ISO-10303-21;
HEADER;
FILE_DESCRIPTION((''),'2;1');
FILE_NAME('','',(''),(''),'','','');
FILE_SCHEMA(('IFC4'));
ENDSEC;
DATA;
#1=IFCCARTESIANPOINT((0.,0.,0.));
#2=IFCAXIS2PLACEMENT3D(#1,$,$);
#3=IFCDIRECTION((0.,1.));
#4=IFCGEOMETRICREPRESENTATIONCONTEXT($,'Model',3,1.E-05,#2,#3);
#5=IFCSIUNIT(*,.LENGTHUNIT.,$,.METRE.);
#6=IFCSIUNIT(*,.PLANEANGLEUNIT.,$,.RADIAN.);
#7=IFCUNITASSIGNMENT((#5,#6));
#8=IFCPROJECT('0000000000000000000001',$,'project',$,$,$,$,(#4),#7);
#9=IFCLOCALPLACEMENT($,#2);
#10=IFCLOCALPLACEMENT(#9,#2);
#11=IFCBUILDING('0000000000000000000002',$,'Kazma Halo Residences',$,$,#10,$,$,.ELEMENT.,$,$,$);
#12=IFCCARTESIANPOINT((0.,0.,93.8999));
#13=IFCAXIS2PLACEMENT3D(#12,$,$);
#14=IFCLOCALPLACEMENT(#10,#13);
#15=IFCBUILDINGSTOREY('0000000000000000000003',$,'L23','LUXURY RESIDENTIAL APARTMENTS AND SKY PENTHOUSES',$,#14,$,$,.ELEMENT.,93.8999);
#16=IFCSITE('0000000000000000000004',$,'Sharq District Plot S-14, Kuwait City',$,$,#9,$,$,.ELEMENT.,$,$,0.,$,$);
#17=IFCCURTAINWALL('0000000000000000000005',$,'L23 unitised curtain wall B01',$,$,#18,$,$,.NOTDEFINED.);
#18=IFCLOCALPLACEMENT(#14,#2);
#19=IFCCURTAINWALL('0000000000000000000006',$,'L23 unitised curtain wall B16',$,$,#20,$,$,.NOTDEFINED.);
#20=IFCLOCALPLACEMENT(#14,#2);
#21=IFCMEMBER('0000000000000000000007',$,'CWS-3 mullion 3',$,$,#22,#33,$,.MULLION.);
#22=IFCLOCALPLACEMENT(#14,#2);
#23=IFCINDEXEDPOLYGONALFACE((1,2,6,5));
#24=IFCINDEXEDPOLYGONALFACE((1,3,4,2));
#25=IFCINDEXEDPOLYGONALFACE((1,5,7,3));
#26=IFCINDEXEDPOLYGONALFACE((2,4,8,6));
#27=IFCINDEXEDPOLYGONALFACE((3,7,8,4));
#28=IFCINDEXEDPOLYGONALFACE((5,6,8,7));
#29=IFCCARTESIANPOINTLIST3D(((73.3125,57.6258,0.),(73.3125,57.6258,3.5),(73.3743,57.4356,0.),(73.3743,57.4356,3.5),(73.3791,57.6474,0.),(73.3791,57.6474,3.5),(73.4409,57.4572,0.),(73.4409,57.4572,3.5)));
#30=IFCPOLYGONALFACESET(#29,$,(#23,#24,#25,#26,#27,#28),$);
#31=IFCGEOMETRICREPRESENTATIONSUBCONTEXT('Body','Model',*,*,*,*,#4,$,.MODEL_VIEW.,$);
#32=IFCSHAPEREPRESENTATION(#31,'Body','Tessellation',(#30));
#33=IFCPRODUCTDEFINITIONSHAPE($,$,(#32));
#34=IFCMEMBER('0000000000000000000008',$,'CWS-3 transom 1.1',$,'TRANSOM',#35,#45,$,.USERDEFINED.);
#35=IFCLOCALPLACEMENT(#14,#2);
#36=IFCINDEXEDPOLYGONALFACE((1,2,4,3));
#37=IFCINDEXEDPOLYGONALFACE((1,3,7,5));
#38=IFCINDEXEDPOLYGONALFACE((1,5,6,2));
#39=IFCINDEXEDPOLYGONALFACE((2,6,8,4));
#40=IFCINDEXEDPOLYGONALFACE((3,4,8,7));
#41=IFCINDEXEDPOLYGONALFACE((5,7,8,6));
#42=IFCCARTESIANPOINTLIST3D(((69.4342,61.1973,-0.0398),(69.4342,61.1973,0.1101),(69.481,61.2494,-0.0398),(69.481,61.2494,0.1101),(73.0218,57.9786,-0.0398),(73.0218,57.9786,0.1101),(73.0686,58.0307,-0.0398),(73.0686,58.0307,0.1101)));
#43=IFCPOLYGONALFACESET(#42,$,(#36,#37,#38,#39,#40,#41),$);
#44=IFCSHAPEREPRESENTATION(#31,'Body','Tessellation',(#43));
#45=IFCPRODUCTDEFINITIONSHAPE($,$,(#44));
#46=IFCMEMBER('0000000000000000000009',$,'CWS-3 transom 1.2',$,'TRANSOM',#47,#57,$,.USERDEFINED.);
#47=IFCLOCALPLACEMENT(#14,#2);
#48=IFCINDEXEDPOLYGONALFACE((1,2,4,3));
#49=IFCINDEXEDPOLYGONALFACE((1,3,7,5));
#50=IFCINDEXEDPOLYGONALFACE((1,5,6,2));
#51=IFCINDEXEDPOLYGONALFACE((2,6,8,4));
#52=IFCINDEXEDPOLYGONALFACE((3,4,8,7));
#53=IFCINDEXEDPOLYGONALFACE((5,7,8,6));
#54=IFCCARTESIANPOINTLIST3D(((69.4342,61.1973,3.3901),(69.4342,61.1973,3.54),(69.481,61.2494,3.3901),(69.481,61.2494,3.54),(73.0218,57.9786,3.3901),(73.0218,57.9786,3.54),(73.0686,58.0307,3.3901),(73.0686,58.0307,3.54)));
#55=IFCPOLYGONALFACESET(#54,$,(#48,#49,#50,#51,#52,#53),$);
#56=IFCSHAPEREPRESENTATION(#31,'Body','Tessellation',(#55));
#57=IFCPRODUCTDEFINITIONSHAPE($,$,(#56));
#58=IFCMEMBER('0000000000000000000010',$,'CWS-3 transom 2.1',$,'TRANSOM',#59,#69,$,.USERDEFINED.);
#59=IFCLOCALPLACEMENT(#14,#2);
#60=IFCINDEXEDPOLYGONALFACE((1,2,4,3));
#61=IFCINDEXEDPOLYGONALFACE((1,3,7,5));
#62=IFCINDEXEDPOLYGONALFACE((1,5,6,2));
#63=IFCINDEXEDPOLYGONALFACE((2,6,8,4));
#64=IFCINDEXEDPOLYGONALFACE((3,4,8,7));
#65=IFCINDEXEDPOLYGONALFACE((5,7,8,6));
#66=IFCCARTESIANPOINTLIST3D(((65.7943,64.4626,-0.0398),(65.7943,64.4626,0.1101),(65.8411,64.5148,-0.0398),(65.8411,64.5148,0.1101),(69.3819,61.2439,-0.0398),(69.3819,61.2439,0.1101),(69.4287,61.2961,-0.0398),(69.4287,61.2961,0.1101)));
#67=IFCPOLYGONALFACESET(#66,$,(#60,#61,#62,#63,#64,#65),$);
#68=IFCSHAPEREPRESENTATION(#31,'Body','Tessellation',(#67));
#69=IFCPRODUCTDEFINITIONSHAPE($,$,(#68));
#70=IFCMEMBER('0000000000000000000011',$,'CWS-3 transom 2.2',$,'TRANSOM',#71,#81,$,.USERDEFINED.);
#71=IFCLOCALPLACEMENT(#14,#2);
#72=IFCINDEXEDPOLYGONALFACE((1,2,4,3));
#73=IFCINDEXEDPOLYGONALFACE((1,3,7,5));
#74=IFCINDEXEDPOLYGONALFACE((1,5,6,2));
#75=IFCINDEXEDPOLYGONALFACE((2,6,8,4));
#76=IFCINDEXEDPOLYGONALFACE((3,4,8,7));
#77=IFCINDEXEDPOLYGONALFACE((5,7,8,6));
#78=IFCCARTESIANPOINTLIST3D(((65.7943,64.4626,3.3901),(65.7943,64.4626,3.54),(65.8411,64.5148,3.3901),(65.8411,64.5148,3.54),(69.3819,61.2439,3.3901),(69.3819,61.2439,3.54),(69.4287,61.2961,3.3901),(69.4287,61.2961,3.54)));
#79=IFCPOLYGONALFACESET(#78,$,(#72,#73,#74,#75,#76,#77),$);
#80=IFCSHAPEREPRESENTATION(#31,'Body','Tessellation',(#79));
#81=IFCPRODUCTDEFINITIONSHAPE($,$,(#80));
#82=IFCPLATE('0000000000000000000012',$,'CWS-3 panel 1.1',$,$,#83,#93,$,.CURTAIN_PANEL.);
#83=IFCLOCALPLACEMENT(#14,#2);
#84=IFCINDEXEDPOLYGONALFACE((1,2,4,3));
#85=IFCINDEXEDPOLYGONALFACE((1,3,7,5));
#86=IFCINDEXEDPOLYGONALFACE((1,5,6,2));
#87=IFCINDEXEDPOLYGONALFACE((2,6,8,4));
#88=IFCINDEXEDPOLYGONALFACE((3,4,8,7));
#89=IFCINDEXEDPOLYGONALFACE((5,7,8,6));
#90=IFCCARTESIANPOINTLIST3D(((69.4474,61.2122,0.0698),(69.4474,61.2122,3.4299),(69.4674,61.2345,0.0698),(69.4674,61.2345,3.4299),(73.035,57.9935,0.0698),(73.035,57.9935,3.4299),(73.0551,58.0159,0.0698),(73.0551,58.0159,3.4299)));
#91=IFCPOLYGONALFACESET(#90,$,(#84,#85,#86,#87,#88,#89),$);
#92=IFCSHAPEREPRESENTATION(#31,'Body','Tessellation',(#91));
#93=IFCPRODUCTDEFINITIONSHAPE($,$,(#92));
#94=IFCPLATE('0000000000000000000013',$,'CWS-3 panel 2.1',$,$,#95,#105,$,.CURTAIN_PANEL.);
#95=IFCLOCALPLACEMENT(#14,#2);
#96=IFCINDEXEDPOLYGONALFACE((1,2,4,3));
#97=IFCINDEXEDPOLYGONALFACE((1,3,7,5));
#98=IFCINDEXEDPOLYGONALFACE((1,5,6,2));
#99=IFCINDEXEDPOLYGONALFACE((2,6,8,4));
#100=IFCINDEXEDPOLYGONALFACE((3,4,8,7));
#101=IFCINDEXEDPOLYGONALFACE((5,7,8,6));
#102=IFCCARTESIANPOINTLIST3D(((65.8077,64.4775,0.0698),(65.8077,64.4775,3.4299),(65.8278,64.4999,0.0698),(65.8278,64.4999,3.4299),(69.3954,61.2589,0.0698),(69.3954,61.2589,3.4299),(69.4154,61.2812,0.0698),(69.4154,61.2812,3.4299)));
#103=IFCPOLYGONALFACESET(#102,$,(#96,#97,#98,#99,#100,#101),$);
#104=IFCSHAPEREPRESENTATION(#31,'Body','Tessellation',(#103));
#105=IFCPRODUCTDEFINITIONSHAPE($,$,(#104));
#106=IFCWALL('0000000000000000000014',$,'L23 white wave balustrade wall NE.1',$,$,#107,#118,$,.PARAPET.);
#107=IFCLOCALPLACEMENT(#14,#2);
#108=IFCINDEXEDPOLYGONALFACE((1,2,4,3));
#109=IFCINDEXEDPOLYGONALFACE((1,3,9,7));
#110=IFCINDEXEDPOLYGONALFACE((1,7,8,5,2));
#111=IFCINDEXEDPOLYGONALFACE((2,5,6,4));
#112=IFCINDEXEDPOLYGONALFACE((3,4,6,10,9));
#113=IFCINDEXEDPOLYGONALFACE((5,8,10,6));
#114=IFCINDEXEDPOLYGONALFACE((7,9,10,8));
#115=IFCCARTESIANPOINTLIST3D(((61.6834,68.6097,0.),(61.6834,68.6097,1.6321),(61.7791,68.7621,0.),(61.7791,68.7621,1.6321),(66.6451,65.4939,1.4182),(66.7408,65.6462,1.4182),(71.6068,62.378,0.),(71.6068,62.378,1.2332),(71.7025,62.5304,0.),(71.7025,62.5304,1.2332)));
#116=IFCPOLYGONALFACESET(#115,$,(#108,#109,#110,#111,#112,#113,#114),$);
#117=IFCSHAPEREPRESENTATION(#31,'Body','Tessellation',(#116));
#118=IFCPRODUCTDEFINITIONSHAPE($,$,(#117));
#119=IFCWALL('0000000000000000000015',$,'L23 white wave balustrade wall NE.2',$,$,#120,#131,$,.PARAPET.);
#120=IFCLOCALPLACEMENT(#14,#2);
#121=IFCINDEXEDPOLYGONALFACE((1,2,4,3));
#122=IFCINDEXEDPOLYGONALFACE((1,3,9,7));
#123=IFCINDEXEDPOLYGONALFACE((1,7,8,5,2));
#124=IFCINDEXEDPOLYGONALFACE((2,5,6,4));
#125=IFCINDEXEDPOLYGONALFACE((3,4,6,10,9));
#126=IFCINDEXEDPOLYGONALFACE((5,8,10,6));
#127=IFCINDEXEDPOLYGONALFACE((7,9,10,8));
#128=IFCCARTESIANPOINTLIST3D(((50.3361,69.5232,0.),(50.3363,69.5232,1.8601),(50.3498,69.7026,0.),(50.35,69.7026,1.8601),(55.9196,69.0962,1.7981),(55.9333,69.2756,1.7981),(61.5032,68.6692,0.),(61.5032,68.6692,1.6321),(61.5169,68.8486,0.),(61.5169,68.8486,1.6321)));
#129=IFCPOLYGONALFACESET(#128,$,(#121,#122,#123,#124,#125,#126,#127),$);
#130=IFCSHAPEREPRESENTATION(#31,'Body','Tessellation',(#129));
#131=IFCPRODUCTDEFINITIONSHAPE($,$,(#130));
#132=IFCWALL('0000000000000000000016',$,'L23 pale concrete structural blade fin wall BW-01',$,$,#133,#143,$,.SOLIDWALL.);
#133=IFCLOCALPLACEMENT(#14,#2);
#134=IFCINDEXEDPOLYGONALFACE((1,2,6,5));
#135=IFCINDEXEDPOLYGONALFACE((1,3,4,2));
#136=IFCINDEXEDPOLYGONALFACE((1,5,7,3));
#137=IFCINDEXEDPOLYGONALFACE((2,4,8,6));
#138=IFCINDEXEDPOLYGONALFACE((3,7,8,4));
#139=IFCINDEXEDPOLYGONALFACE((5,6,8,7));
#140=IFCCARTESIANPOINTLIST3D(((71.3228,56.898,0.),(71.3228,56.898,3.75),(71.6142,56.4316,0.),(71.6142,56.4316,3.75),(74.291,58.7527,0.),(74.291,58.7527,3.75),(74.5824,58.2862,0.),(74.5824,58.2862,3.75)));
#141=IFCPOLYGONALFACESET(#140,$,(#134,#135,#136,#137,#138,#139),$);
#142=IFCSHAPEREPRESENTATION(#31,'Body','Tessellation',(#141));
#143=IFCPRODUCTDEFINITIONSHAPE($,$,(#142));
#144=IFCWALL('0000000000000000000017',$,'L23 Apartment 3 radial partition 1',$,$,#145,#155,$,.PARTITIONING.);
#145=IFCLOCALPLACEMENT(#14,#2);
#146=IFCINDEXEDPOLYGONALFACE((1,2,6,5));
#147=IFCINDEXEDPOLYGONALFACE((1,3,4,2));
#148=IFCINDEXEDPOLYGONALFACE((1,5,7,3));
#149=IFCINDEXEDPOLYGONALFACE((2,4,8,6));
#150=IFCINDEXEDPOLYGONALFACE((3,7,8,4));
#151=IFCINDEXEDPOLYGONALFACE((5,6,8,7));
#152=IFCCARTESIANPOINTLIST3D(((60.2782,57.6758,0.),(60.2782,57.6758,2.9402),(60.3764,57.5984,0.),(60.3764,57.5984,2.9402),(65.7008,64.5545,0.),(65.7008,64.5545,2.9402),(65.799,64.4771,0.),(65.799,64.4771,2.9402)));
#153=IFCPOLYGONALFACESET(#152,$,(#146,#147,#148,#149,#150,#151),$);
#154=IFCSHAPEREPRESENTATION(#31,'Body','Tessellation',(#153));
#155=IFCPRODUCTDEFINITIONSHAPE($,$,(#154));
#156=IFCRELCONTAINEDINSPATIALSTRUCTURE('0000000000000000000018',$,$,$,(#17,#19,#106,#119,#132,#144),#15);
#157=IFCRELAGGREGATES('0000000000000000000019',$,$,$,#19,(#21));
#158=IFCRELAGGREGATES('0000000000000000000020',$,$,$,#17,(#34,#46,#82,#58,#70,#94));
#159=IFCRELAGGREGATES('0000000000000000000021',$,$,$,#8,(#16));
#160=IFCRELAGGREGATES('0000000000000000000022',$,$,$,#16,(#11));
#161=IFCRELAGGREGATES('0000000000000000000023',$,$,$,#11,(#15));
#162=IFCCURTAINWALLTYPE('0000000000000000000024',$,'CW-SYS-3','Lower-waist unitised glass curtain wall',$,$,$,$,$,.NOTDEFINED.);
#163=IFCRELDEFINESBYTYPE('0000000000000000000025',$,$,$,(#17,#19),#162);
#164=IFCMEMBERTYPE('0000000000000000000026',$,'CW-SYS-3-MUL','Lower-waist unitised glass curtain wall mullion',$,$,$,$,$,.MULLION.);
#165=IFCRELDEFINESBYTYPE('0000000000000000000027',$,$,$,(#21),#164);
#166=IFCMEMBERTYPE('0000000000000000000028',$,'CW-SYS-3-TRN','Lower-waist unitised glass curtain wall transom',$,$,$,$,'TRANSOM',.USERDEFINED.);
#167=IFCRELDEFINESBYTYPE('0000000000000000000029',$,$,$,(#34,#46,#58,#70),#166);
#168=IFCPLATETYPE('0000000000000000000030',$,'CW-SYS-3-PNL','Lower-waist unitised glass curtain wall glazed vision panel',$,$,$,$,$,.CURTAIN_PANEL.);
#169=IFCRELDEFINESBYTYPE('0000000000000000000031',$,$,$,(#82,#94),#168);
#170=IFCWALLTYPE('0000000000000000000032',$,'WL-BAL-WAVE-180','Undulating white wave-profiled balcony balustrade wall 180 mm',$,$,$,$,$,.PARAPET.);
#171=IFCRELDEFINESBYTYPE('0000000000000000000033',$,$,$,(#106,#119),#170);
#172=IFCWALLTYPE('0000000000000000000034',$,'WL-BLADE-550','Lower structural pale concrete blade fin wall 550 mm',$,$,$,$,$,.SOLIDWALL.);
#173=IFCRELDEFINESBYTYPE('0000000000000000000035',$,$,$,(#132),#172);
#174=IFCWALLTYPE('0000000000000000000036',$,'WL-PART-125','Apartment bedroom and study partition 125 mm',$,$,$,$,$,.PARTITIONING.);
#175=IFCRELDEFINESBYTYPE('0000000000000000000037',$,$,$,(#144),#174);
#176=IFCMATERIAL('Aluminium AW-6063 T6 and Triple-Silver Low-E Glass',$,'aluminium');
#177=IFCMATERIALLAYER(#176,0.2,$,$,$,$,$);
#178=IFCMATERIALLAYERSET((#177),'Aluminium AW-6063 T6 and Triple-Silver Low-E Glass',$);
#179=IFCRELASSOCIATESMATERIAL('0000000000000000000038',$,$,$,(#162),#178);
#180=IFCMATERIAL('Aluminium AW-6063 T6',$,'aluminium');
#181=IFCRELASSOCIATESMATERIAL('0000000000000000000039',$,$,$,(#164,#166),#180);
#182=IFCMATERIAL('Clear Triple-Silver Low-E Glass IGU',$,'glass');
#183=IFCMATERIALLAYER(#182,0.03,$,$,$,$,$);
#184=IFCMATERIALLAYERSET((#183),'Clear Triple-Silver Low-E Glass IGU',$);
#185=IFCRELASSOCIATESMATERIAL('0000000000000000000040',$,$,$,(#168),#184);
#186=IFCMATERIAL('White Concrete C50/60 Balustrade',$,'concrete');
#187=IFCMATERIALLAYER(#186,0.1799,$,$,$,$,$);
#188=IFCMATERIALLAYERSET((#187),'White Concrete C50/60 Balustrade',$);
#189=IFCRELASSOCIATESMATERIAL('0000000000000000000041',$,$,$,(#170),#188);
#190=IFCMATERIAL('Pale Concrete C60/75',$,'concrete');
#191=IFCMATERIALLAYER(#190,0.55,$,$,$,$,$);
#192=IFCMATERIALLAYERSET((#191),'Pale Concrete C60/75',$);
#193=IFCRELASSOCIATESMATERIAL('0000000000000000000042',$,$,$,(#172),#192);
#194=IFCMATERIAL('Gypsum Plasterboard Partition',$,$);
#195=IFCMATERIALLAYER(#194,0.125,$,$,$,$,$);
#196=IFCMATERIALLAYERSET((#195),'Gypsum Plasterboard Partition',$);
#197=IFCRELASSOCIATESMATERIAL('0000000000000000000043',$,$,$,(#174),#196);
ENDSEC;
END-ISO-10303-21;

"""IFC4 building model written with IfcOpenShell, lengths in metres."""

from ifc_helpers import new_model, si_unit, direction, frame, frame_2d, origin, origin_2d, place, context, subcontext, project, spatial, polyline, rectangle, outline, extrude, material, layer, layer_set, material_profile, profile_set, type_object, element, aggregate, save


model = new_model("IFC4")

# Units and contexts
model_context = context("Model", 3, precision=1e-05, world=origin(), true_north=direction((0.0, 1.0)))
body_context = subcontext(model_context, "Body", "Model", "MODEL_VIEW")
ifc_project = project(units=[si_unit("LENGTHUNIT", "METRE"), si_unit("PLANEANGLEUNIT", "RADIAN")], contexts=[model_context])

# Site, building, storey
site_placement = place(None, origin())
site = spatial("IfcSite", under=ifc_project, at=site_placement, Name="Sharq District Plot S-14, Kuwait City", CompositionType="ELEMENT", RefElevation=0.0)
building_placement = place(site_placement, origin())
building = spatial("IfcBuilding", under=site, at=building_placement, Name="Kazma Halo Residences", CompositionType="ELEMENT")
storey_placement = place(building_placement, frame((0.0, 0.0, 93.8999)))
storey = spatial("IfcBuildingStorey", under=building, at=storey_placement, Name="L23", Description="LUXURY RESIDENTIAL APARTMENTS AND SKY PENTHOUSES", CompositionType="ELEMENT", Elevation=93.8999)

# Curtain wall
ifc_material_1 = material(Name="Aluminium AW-6063 T6 and Triple-Silver Low-E Glass", Category="aluminium")
ifc_layer_1 = layer(ifc_material_1, 0.2)
ifc_layer_set_1 = layer_set([ifc_layer_1], Name="Aluminium AW-6063 T6 and Triple-Silver Low-E Glass")
curtain_wall_type = type_object("IfcCurtainWallType", Name="CW-SYS-3", Description="Lower-waist unitised glass curtain wall", PredefinedType="NOTDEFINED", material=ifc_layer_set_1)
curtain_wall_1_placement = place(storey_placement, origin())
curtain_wall_1 = element("IfcCurtainWall", 1, at=curtain_wall_1_placement, inside=storey, type_object=curtain_wall_type, Name="L23 unitised curtain wall B01", PredefinedType="NOTDEFINED")
ifc_material_2 = material(Name="Aluminium AW-6063 T6", Category="aluminium")
ifc_material_profile_1 = material_profile(ifc_material_2, rectangle(XDim=0.0701, YDim=0.2, at=origin_2d()), Name="CWM-70x200")
ifc_profile_set_1 = profile_set([ifc_material_profile_1], Name="Aluminium AW-6063 T6")
member_type_1 = type_object("IfcMemberType", Name="CW-SYS-3-MUL", Description="Lower-waist unitised glass curtain wall mullion", PredefinedType="MULLION", material=ifc_profile_set_1)

# Curtain wall, member
curtain_wall_2_placement = place(storey_placement, origin())
curtain_wall_2 = element("IfcCurtainWall", 2, at=curtain_wall_2_placement, inside=storey, type_object=curtain_wall_type, Name="L23 unitised curtain wall B16", PredefinedType="NOTDEFINED")
member_1_placement = place(storey_placement, frame((73.3767, 57.5415, 0.0), z_axis=(0.0, 0.0, 1.0), x_axis=(-0.951058, -0.309013, 0.0)))
member_1 = element("IfcMember", 3, at=member_1_placement, type_object=member_type_1, Name="CWS-3 mullion 3", PredefinedType="MULLION", context=body_context, shape_type="SweptSolid", body=[
    extrude(rectangle(XDim=0.0701, YDim=0.2, at=origin_2d()), origin(), (0.0, 0.0, 1.0), 3.5),
])
aggregate(curtain_wall_2, [member_1])

# Members
ifc_material_profile_2 = material_profile(ifc_material_2, rectangle(XDim=0.0701, YDim=0.1499, at=origin_2d()), Name="CWT-70x150")
ifc_profile_set_2 = profile_set([ifc_material_profile_2], Name="Aluminium AW-6063 T6")
member_type_2 = type_object("IfcMemberType", Name="CW-SYS-3-TRN", Description="Lower-waist unitised glass curtain wall transom", ElementType="TRANSOM", PredefinedType="USERDEFINED", material=ifc_profile_set_2)
member_2_placement = place(storey_placement, frame((73.0452, 58.0046, 0.0352), z_axis=(-0.744338, 0.667803, 0.0), x_axis=(-0.667803, -0.744338, 0.0)))
member_2 = element("IfcMember", 4, at=member_2_placement, type_object=member_type_2, Name="CWS-3 transom 1.1", ObjectType="TRANSOM", PredefinedType="USERDEFINED", context=body_context, shape_type="SweptSolid", body=[
    extrude(rectangle(XDim=0.0701, YDim=0.1499, at=origin_2d()), origin(), (0.0, 0.0, 1.0), 4.8198),
])
member_3_placement = place(storey_placement, frame((73.0452, 58.0046, 3.4651), z_axis=(-0.744338, 0.667803, 0.0), x_axis=(-0.667803, -0.744338, 0.0)))
member_3 = element("IfcMember", 5, at=member_3_placement, type_object=member_type_2, Name="CWS-3 transom 1.2", ObjectType="TRANSOM", PredefinedType="USERDEFINED", context=body_context, shape_type="SweptSolid", body=[
    extrude(rectangle(XDim=0.0701, YDim=0.1499, at=origin_2d()), origin(), (0.0, 0.0, 1.0), 4.8198),
])
member_4_placement = place(storey_placement, frame((69.4053, 61.27, 0.0352), z_axis=(-0.744338, 0.667803, 0.0), x_axis=(-0.667803, -0.744338, 0.0)))
member_4 = element("IfcMember", 6, at=member_4_placement, type_object=member_type_2, Name="CWS-3 transom 2.1", ObjectType="TRANSOM", PredefinedType="USERDEFINED", context=body_context, shape_type="SweptSolid", body=[
    extrude(rectangle(XDim=0.0701, YDim=0.1499, at=origin_2d()), origin(), (0.0, 0.0, 1.0), 4.8198),
])
member_5_placement = place(storey_placement, frame((69.4053, 61.27, 3.4651), z_axis=(-0.744338, 0.667803, 0.0), x_axis=(-0.667803, -0.744338, 0.0)))
member_5 = element("IfcMember", 7, at=member_5_placement, type_object=member_type_2, Name="CWS-3 transom 2.2", ObjectType="TRANSOM", PredefinedType="USERDEFINED", context=body_context, shape_type="SweptSolid", body=[
    extrude(rectangle(XDim=0.0701, YDim=0.1499, at=origin_2d()), origin(), (0.0, 0.0, 1.0), 4.8198),
])

# Plates
ifc_material_3 = material(Name="Clear Triple-Silver Low-E Glass IGU", Category="glass")
ifc_layer_2 = layer(ifc_material_3, 0.03)
ifc_layer_set_2 = layer_set([ifc_layer_2], Name="Clear Triple-Silver Low-E Glass IGU")
plate_type = type_object("IfcPlateType", Name="CW-SYS-3-PNL", Description="Lower-waist unitised glass curtain wall glazed vision panel", PredefinedType="CURTAIN_PANEL", material=ifc_layer_set_2)
plate_1_placement = place(storey_placement, frame((71.2512, 59.614, 0.0698), z_axis=(0.0, 0.0, 1.0), x_axis=(-0.744345, 0.667795, 0.0)))
plate_1 = element("IfcPlate", 8, at=plate_1_placement, type_object=plate_type, Name="CWS-3 panel 1.1", PredefinedType="CURTAIN_PANEL", context=body_context, shape_type="SweptSolid", body=[
    extrude(rectangle(XDim=4.8198, YDim=0.03, at=origin_2d()), origin(), (0.0, 0.0, 1.0), 3.3601),
])
plate_2_placement = place(storey_placement, frame((67.6116, 62.8794, 0.0698), z_axis=(0.0, 0.0, 1.0), x_axis=(-0.744345, 0.667795, 0.0)))
plate_2 = element("IfcPlate", 9, at=plate_2_placement, type_object=plate_type, Name="CWS-3 panel 2.1", PredefinedType="CURTAIN_PANEL", context=body_context, shape_type="SweptSolid", body=[
    extrude(rectangle(XDim=4.8198, YDim=0.03, at=origin_2d()), origin(), (0.0, 0.0, 1.0), 3.3601),
])
aggregate(curtain_wall_1, [member_2, member_3, plate_1, member_4, member_5, plate_2])

# Walls
ifc_material_4 = material(Name="White Concrete C50/60 Balustrade", Category="concrete")
ifc_layer_3 = layer(ifc_material_4, 0.1799)
ifc_layer_set_3 = layer_set([ifc_layer_3], Name="White Concrete C50/60 Balustrade")
wall_type_1 = type_object("IfcWallType", Name="WL-BAL-WAVE-180", Description="Undulating white wave-profiled balcony balustrade wall 180 mm", PredefinedType="PARAPET", material=ifc_layer_set_3)
wall_1_placement = place(storey_placement, frame((71.6545, 62.4541, 0.0), z_axis=(0.0, 0.0, 1.0), x_axis=(-0.846861, 0.531814, 0.0)))
element("IfcWall", 10, at=wall_1_placement, inside=storey, type_object=wall_type_1, Name="L23 white wave balustrade wall NE.1", PredefinedType="PARAPET", context=body_context, shape_type="SweptSolid", body=[
    extrude(outline(polyline([(0.0, 0.0), (11.7178, 0.0), (11.7178, 1.6321), (5.8589, 1.4182), (0.0, 1.2332), (0.0, 0.0)])), frame((0.0, 0.0898, 0.0), z_axis=(0.0, -1.0, 0.0), x_axis=(1.0, 0.0, 0.0)), (0.0, 0.0, 1.0), 0.1799),
])
wall_2_placement = place(storey_placement, frame((61.51, 68.7588, 0.0), z_axis=(0.0, 0.0, 1.0), x_axis=(-0.997088, 0.076253, 0.0)))
element("IfcWall", 11, at=wall_2_placement, inside=storey, type_object=wall_type_1, Name="L23 white wave balustrade wall NE.2", PredefinedType="PARAPET", context=body_context, shape_type="SweptSolid", body=[
    extrude(outline(polyline([(0.0, 0.0), (11.1997, 0.0), (11.1995, 1.8601), (5.5999, 1.7981), (0.0, 1.6321), (0.0, 0.0)])), frame((0.0, 0.0898, 0.0), z_axis=(0.0, -1.0, 0.0), x_axis=(1.0, 0.0, 0.0)), (0.0, 0.0, 1.0), 0.1799),
])
ifc_material_5 = material(Name="Pale Concrete C60/75", Category="concrete")
ifc_layer_4 = layer(ifc_material_5, 0.55)
ifc_layer_set_4 = layer_set([ifc_layer_4], Name="Pale Concrete C60/75")
wall_type_2 = type_object("IfcWallType", Name="WL-BLADE-550", Description="Lower structural pale concrete blade fin wall 550 mm", PredefinedType="SOLIDWALL", material=ifc_layer_set_4)
wall_3_placement = place(storey_placement, frame((71.4685, 56.6648, 0.0), z_axis=(0.0, 0.0, 1.0), x_axis=(0.848053, 0.529911, 0.0)))
element("IfcWall", 12, at=wall_3_placement, inside=storey, type_object=wall_type_2, Name="L23 pale concrete structural blade fin wall BW-01", PredefinedType="SOLIDWALL", context=body_context, shape_type="SweptSolid", body=[
    extrude(rectangle(XDim=3.5, YDim=0.55, at=frame_2d((1.75, 0.0))), origin(), (0.0, 0.0, 1.0), 3.75),
])

# Wall
ifc_material_6 = material(Name="Gypsum Plasterboard Partition")
ifc_layer_5 = layer(ifc_material_6, 0.125)
ifc_layer_set_5 = layer_set([ifc_layer_5], Name="Gypsum Plasterboard Partition")
wall_type_3 = type_object("IfcWallType", Name="WL-PART-125", Description="Apartment bedroom and study partition 125 mm", PredefinedType="PARTITIONING", material=ifc_layer_set_5)
wall_4_placement = place(storey_placement, frame((60.3274, 57.6372, 0.0), z_axis=(0.0, 0.0, 1.0), x_axis=(0.619087, 0.785322, 0.0)))
element("IfcWall", 13, at=wall_4_placement, inside=storey, type_object=wall_type_3, Name="L23 Apartment 3 radial partition 1", PredefinedType="PARTITIONING", context=body_context, shape_type="SweptSolid", body=[
    extrude(rectangle(XDim=8.759, YDim=0.125, at=frame_2d((4.3794, 0.0))), origin(), (0.0, 0.0, 1.0), 2.9402),
])

save(model, "model.ifc")
